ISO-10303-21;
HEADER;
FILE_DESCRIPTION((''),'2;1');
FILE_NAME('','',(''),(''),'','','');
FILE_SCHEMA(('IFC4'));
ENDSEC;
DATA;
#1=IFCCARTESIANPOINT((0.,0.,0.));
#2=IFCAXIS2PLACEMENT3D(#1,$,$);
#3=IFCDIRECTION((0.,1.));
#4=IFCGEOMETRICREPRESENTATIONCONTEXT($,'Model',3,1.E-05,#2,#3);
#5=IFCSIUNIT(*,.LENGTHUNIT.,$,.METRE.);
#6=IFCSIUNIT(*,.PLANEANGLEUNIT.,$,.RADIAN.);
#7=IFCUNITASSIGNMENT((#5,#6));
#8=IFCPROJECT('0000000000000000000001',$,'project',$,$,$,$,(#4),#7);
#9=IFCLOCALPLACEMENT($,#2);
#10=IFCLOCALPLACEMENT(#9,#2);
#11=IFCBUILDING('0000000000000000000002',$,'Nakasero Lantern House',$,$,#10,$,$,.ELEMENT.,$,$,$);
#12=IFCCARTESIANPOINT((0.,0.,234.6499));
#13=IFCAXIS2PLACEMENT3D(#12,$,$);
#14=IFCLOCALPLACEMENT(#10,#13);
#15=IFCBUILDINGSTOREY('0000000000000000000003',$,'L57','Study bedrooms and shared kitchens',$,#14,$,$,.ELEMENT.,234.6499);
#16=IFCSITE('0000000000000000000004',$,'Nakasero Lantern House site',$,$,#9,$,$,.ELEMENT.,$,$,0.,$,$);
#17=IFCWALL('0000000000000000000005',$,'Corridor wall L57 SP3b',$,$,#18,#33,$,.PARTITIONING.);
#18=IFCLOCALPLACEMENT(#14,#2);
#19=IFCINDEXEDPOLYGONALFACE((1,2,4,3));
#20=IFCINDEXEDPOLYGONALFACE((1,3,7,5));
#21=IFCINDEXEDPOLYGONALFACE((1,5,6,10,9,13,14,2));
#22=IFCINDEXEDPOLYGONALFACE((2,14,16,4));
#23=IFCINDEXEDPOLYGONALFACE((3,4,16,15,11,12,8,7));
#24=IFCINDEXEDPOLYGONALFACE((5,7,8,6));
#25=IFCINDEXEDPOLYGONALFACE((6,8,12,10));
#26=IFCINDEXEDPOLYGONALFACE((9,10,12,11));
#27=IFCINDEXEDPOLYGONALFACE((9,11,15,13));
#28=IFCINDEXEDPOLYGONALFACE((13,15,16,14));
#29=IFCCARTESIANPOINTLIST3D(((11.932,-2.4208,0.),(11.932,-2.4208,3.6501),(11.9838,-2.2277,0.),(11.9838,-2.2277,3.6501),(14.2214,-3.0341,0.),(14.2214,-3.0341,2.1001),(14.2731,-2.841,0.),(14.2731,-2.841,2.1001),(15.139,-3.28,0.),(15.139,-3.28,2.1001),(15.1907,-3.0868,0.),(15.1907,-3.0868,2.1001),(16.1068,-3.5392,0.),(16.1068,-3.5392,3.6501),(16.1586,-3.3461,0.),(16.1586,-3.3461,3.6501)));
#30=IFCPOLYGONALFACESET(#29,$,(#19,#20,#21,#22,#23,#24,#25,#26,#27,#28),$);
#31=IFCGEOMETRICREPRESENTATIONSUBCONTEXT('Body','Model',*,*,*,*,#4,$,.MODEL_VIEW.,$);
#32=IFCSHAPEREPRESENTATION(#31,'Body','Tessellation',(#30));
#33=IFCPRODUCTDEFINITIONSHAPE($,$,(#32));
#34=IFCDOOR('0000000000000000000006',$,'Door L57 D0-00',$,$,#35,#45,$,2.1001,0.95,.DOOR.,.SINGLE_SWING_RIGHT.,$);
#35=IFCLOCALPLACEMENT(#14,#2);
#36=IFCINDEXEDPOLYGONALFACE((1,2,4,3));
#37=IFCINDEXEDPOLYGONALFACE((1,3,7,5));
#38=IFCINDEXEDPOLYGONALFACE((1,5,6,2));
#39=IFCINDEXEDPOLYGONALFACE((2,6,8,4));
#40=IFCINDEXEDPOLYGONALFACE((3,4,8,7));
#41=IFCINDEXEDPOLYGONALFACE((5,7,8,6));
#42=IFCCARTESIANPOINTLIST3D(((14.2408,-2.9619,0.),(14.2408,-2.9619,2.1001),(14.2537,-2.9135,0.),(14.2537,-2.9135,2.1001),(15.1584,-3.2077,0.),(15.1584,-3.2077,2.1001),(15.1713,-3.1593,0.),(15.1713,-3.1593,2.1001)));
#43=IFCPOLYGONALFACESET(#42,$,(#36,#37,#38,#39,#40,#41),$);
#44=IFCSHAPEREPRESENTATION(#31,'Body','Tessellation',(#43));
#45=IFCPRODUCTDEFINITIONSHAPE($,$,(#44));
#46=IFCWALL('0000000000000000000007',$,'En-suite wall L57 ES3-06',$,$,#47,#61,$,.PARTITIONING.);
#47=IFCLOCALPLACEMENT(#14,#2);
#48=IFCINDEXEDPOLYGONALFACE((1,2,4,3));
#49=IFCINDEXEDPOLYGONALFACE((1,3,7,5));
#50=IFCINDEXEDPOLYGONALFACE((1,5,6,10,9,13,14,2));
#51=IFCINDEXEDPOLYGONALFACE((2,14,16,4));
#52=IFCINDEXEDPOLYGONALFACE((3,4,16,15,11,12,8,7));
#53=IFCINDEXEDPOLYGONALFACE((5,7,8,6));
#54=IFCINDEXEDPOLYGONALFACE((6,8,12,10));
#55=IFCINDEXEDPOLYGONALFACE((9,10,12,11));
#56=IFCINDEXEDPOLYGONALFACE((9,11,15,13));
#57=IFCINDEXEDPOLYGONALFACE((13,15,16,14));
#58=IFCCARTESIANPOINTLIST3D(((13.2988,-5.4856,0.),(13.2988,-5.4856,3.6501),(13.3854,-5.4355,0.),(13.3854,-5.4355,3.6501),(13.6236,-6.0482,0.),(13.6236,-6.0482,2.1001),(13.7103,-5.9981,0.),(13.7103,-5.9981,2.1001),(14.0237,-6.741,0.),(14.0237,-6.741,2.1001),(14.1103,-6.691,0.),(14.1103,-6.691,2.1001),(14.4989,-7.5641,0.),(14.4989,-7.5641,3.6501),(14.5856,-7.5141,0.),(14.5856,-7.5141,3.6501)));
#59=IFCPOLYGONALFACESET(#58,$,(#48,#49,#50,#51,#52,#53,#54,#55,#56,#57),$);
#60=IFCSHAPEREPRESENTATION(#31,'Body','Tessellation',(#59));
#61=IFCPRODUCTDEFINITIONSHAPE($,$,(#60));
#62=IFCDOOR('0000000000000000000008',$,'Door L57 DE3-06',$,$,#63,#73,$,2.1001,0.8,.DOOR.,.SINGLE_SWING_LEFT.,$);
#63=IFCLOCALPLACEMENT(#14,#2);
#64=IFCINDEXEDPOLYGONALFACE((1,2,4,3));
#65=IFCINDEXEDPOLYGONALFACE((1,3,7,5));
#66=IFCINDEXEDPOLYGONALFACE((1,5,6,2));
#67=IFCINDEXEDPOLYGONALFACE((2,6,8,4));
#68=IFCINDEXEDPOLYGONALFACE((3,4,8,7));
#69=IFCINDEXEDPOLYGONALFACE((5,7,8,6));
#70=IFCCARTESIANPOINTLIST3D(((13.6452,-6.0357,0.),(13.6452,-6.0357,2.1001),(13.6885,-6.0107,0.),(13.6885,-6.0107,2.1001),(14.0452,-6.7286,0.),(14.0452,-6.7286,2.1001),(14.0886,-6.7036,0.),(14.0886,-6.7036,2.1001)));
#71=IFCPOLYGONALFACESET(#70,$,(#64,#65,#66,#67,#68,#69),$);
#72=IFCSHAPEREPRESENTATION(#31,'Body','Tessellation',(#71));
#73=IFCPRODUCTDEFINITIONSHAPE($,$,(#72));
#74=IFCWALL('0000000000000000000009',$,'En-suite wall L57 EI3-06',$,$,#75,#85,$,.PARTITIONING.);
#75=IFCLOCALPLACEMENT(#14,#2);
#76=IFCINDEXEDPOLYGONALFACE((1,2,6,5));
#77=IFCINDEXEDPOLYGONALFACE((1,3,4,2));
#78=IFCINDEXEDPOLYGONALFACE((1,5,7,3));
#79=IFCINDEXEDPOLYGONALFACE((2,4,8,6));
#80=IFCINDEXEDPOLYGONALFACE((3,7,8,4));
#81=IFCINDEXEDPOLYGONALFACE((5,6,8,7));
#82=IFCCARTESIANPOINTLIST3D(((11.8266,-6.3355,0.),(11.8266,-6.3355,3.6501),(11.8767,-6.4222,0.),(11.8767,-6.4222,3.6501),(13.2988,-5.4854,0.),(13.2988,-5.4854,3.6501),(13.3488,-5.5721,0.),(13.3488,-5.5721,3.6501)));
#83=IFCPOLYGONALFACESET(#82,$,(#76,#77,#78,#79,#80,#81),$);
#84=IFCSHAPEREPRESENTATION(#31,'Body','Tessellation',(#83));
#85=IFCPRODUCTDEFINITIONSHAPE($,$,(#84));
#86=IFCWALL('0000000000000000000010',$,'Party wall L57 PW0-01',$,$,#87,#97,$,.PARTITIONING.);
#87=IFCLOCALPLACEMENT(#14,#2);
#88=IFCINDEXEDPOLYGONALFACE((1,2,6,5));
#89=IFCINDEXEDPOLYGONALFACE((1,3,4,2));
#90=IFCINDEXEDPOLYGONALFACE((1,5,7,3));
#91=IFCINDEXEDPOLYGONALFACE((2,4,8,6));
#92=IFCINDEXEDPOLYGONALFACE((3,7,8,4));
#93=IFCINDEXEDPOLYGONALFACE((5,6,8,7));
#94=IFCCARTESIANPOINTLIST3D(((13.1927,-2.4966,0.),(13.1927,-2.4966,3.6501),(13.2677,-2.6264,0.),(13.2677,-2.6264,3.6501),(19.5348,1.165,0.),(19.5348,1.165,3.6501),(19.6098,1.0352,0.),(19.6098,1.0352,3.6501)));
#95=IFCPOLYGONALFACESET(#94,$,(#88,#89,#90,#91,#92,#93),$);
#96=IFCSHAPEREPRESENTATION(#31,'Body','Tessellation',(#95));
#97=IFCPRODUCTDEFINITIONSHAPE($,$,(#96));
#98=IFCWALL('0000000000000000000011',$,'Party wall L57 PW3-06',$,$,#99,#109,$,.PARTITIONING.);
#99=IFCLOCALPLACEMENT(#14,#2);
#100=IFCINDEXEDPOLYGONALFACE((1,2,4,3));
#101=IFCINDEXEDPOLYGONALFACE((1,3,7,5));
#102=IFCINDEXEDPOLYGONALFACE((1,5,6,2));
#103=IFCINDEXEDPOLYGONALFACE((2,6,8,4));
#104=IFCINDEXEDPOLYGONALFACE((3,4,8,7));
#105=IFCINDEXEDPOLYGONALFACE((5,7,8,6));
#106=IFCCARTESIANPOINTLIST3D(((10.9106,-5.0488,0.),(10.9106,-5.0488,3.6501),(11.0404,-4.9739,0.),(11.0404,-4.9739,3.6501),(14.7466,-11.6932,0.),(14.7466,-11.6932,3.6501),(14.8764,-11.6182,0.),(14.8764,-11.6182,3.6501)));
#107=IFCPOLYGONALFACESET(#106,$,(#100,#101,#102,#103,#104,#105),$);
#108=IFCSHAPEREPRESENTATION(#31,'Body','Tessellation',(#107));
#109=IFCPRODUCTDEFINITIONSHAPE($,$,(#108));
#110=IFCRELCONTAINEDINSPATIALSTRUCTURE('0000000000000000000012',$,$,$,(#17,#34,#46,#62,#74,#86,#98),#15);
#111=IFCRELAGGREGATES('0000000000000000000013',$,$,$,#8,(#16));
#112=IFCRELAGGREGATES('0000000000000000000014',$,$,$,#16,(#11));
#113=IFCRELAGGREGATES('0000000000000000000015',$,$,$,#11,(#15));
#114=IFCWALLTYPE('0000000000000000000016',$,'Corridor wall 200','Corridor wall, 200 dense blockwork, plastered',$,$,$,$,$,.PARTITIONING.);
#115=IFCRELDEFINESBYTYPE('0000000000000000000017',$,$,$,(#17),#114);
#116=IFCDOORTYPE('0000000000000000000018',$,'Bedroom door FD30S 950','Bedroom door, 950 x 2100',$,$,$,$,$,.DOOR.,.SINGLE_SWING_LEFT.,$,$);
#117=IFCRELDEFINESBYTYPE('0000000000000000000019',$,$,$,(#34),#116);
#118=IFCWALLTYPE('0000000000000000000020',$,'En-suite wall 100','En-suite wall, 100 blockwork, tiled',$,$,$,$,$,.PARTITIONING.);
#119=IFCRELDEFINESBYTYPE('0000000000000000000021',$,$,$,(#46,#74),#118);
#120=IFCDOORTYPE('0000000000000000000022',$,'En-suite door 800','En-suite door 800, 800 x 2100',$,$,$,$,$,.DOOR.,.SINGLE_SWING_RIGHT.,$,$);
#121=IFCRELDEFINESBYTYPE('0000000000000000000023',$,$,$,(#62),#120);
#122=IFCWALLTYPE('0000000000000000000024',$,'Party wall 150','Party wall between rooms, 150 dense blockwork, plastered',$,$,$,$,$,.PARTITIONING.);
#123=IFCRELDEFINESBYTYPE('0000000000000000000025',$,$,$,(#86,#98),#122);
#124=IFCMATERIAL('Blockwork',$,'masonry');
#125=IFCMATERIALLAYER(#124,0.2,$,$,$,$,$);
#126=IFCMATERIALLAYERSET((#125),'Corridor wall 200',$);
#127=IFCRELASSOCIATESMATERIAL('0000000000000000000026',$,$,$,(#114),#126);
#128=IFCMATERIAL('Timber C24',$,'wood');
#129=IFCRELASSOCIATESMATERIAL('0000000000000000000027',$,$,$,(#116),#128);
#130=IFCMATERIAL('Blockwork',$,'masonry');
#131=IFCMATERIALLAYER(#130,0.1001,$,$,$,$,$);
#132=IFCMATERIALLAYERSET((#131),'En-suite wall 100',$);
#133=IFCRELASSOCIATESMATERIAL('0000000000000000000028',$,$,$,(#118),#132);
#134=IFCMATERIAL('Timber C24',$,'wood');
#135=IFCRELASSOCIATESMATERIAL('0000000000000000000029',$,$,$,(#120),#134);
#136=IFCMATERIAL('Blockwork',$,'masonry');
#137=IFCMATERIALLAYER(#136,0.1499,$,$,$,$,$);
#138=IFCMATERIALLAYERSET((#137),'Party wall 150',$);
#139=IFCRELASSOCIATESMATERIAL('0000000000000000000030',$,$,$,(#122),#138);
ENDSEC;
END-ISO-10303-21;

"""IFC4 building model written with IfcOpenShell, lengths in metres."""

from ifc_helpers import new_model, si_unit, direction, frame, frame_2d, origin, place, context, subcontext, project, spatial, rectangle, extrude, material, layer, layer_set, type_object, element, fill, save


model = new_model("IFC4")

# Units and contexts
model_context = context("Model", 3, precision=1e-05, world=origin(), true_north=direction((0.0, 1.0)))
body_context = subcontext(model_context, "Body", "Model", "MODEL_VIEW")
ifc_project = project(units=[si_unit("LENGTHUNIT", "METRE"), si_unit("PLANEANGLEUNIT", "RADIAN")], contexts=[model_context])

# Site, building, storey
site_placement = place(None, origin())
site = spatial("IfcSite", under=ifc_project, at=site_placement, Name="Nakasero Lantern House site", CompositionType="ELEMENT", RefElevation=0.0)
building_placement = place(site_placement, origin())
building = spatial("IfcBuilding", under=site, at=building_placement, Name="Nakasero Lantern House", CompositionType="ELEMENT")
storey_placement = place(building_placement, frame((0.0, 0.0, 234.6499)))
storey = spatial("IfcBuildingStorey", under=building, at=storey_placement, Name="L57", Description="Study bedrooms and shared kitchens", CompositionType="ELEMENT", Elevation=234.6499)

# Shared definitions
ifc_material_1 = material(Name="Blockwork", Category="masonry")
ifc_layer_1 = layer(ifc_material_1, 0.2)
ifc_layer_set_1 = layer_set([ifc_layer_1], Name="Corridor wall 200")
wall_type_1 = type_object("IfcWallType", Name="Corridor wall 200", Description="Corridor wall, 200 dense blockwork, plastered", PredefinedType="PARTITIONING", material=ifc_layer_set_1)

# Walls, openings, doors
ifc_material_2 = material(Name="Timber C24", Category="wood")
door_type_1 = type_object("IfcDoorType", Name="Bedroom door FD30S 950", Description="Bedroom door, 950 x 2100", OperationType="SINGLE_SWING_LEFT", PredefinedType="DOOR", material=ifc_material_2)
wall_1_placement = place(storey_placement, frame((11.9578, -2.3242, 0.0), z_axis=(0.0, 0.0, 1.0), x_axis=(0.965939, -0.25877, 0.0)))
wall_1 = element("IfcWall", 1, at=wall_1_placement, inside=storey, type_object=wall_type_1, Name="Corridor wall L57 SP3b", PredefinedType="PARTITIONING", context=body_context, shape_type="SweptSolid", body=[
    extrude(rectangle(XDim=4.322, YDim=0.2, at=frame_2d((2.1611, 0.0))), origin(), (0.0, 0.0, 1.0), 3.6501),
])
opening_1_placement = place(wall_1_placement, frame((2.3701, 0.0, 0.0)))
opening_1 = element("IfcOpeningElement", 2, at=opening_1_placement, cuts=wall_1, PredefinedType="OPENING", context=body_context, shape_type="SweptSolid", body=[
    extrude(rectangle(XDim=0.95, YDim=2.1001, at=frame_2d((0.4751, 1.05))), frame((0.0, 0.1199, 0.0), z_axis=(0.0, -1.0, 0.0), x_axis=(1.0, 0.0, 0.0)), (0.0, 0.0, 1.0), 0.24),
])
door_1_placement = place(opening_1_placement, origin())
door_1 = element("IfcDoor", 3, at=door_1_placement, inside=storey, type_object=door_type_1, Name="Door L57 D0-00", OperationType="SINGLE_SWING_RIGHT", OverallHeight=2.1001, OverallWidth=0.95, PredefinedType="DOOR", context=body_context, shape_type="SweptSolid", body=[
    extrude(rectangle(XDim=0.95, YDim=2.1001, at=frame_2d((0.4751, 1.05))), frame((0.0, 0.0249, 0.0), z_axis=(0.0, -1.0, 0.0), x_axis=(1.0, 0.0, 0.0)), (0.0, 0.0, 1.0), 0.05),
])
fill(opening_1, door_1)
ifc_material_3 = material(Name="Blockwork", Category="masonry")
ifc_layer_2 = layer(ifc_material_3, 0.1001)
ifc_layer_set_2 = layer_set([ifc_layer_2], Name="En-suite wall 100")
wall_type_2 = type_object("IfcWallType", Name="En-suite wall 100", Description="En-suite wall, 100 blockwork, tiled", PredefinedType="PARTITIONING", material=ifc_layer_set_2)
wall_2_placement = place(storey_placement, frame((13.342, -5.4604, 0.0), z_axis=(0.0, 0.0, 1.0), x_axis=(0.500034, -0.866006, 0.0)))
wall_2 = element("IfcWall", 4, at=wall_2_placement, inside=storey, type_object=wall_type_2, Name="En-suite wall L57 ES3-06", PredefinedType="PARTITIONING", context=body_context, shape_type="SweptSolid", body=[
    extrude(rectangle(XDim=2.4001, YDim=0.1001, at=frame_2d((1.2002, 0.0))), origin(), (0.0, 0.0, 1.0), 3.6501),
])
opening_2_placement = place(wall_2_placement, frame((0.6499, 0.0, 0.0)))
opening_2 = element("IfcOpeningElement", 5, at=opening_2_placement, cuts=wall_2, PredefinedType="OPENING", context=body_context, shape_type="SweptSolid", body=[
    extrude(rectangle(XDim=0.8, YDim=2.1001, at=frame_2d((0.3999, 1.05))), frame((0.0, 0.0701, 0.0), z_axis=(0.0, -1.0, 0.0), x_axis=(1.0, 0.0, 0.0)), (0.0, 0.0, 1.0), 0.1401),
])
ifc_material_4 = material(Name="Timber C24", Category="wood")
door_type_2 = type_object("IfcDoorType", Name="En-suite door 800", Description="En-suite door 800, 800 x 2100", OperationType="SINGLE_SWING_RIGHT", PredefinedType="DOOR", material=ifc_material_4)
door_2_placement = place(opening_2_placement, origin())
door_2 = element("IfcDoor", 6, at=door_2_placement, inside=storey, type_object=door_type_2, Name="Door L57 DE3-06", OperationType="SINGLE_SWING_LEFT", OverallHeight=2.1001, OverallWidth=0.8, PredefinedType="DOOR", context=body_context, shape_type="SweptSolid", body=[
    extrude(rectangle(XDim=0.8, YDim=2.1001, at=frame_2d((0.3999, 1.05))), frame((0.0, 0.0249, 0.0), z_axis=(0.0, -1.0, 0.0), x_axis=(1.0, 0.0, 0.0)), (0.0, 0.0, 1.0), 0.05),
])
fill(opening_2, door_2)

# Walls
wall_3_placement = place(storey_placement, frame((11.8516, -6.3789, 0.0), z_axis=(0.0, 0.0, 1.0), x_axis=(0.865989, 0.500062, 0.0)))
element("IfcWall", 7, at=wall_3_placement, inside=storey, type_object=wall_type_2, Name="En-suite wall L57 EI3-06", PredefinedType="PARTITIONING", context=body_context, shape_type="SweptSolid", body=[
    extrude(rectangle(XDim=1.7, YDim=0.1001, at=frame_2d((0.8501, 0.0))), origin(), (0.0, 0.0, 1.0), 3.6501),
])
ifc_material_5 = material(Name="Blockwork", Category="masonry")
ifc_layer_3 = layer(ifc_material_5, 0.1499)
ifc_layer_set_3 = layer_set([ifc_layer_3], Name="Party wall 150")
wall_type_3 = type_object("IfcWallType", Name="Party wall 150", Description="Party wall between rooms, 150 dense blockwork, plastered", PredefinedType="PARTITIONING", material=ifc_layer_set_3)
wall_4_placement = place(storey_placement, frame((13.2302, -2.5615, 0.0), z_axis=(0.0, 0.0, 1.0), x_axis=(0.866023, 0.500004, 0.0)))
element("IfcWall", 8, at=wall_4_placement, inside=storey, type_object=wall_type_3, Name="Party wall L57 PW0-01", PredefinedType="PARTITIONING", context=body_context, shape_type="SweptSolid", body=[
    extrude(rectangle(XDim=7.3232, YDim=0.1499, at=frame_2d((3.6616, 0.0))), origin(), (0.0, 0.0, 1.0), 3.6501),
])
wall_5_placement = place(storey_placement, frame((10.9756, -5.0115, 0.0), z_axis=(0.0, 0.0, 1.0), x_axis=(0.499986, -0.866034, 0.0)))
element("IfcWall", 9, at=wall_5_placement, inside=storey, type_object=wall_type_3, Name="Party wall L57 PW3-06", PredefinedType="PARTITIONING", context=body_context, shape_type="SweptSolid", body=[
    extrude(rectangle(XDim=7.6721, YDim=0.1499, at=frame_2d((3.8359, 0.0))), origin(), (0.0, 0.0, 1.0), 3.6501),
])

save(model, "model.ifc")
